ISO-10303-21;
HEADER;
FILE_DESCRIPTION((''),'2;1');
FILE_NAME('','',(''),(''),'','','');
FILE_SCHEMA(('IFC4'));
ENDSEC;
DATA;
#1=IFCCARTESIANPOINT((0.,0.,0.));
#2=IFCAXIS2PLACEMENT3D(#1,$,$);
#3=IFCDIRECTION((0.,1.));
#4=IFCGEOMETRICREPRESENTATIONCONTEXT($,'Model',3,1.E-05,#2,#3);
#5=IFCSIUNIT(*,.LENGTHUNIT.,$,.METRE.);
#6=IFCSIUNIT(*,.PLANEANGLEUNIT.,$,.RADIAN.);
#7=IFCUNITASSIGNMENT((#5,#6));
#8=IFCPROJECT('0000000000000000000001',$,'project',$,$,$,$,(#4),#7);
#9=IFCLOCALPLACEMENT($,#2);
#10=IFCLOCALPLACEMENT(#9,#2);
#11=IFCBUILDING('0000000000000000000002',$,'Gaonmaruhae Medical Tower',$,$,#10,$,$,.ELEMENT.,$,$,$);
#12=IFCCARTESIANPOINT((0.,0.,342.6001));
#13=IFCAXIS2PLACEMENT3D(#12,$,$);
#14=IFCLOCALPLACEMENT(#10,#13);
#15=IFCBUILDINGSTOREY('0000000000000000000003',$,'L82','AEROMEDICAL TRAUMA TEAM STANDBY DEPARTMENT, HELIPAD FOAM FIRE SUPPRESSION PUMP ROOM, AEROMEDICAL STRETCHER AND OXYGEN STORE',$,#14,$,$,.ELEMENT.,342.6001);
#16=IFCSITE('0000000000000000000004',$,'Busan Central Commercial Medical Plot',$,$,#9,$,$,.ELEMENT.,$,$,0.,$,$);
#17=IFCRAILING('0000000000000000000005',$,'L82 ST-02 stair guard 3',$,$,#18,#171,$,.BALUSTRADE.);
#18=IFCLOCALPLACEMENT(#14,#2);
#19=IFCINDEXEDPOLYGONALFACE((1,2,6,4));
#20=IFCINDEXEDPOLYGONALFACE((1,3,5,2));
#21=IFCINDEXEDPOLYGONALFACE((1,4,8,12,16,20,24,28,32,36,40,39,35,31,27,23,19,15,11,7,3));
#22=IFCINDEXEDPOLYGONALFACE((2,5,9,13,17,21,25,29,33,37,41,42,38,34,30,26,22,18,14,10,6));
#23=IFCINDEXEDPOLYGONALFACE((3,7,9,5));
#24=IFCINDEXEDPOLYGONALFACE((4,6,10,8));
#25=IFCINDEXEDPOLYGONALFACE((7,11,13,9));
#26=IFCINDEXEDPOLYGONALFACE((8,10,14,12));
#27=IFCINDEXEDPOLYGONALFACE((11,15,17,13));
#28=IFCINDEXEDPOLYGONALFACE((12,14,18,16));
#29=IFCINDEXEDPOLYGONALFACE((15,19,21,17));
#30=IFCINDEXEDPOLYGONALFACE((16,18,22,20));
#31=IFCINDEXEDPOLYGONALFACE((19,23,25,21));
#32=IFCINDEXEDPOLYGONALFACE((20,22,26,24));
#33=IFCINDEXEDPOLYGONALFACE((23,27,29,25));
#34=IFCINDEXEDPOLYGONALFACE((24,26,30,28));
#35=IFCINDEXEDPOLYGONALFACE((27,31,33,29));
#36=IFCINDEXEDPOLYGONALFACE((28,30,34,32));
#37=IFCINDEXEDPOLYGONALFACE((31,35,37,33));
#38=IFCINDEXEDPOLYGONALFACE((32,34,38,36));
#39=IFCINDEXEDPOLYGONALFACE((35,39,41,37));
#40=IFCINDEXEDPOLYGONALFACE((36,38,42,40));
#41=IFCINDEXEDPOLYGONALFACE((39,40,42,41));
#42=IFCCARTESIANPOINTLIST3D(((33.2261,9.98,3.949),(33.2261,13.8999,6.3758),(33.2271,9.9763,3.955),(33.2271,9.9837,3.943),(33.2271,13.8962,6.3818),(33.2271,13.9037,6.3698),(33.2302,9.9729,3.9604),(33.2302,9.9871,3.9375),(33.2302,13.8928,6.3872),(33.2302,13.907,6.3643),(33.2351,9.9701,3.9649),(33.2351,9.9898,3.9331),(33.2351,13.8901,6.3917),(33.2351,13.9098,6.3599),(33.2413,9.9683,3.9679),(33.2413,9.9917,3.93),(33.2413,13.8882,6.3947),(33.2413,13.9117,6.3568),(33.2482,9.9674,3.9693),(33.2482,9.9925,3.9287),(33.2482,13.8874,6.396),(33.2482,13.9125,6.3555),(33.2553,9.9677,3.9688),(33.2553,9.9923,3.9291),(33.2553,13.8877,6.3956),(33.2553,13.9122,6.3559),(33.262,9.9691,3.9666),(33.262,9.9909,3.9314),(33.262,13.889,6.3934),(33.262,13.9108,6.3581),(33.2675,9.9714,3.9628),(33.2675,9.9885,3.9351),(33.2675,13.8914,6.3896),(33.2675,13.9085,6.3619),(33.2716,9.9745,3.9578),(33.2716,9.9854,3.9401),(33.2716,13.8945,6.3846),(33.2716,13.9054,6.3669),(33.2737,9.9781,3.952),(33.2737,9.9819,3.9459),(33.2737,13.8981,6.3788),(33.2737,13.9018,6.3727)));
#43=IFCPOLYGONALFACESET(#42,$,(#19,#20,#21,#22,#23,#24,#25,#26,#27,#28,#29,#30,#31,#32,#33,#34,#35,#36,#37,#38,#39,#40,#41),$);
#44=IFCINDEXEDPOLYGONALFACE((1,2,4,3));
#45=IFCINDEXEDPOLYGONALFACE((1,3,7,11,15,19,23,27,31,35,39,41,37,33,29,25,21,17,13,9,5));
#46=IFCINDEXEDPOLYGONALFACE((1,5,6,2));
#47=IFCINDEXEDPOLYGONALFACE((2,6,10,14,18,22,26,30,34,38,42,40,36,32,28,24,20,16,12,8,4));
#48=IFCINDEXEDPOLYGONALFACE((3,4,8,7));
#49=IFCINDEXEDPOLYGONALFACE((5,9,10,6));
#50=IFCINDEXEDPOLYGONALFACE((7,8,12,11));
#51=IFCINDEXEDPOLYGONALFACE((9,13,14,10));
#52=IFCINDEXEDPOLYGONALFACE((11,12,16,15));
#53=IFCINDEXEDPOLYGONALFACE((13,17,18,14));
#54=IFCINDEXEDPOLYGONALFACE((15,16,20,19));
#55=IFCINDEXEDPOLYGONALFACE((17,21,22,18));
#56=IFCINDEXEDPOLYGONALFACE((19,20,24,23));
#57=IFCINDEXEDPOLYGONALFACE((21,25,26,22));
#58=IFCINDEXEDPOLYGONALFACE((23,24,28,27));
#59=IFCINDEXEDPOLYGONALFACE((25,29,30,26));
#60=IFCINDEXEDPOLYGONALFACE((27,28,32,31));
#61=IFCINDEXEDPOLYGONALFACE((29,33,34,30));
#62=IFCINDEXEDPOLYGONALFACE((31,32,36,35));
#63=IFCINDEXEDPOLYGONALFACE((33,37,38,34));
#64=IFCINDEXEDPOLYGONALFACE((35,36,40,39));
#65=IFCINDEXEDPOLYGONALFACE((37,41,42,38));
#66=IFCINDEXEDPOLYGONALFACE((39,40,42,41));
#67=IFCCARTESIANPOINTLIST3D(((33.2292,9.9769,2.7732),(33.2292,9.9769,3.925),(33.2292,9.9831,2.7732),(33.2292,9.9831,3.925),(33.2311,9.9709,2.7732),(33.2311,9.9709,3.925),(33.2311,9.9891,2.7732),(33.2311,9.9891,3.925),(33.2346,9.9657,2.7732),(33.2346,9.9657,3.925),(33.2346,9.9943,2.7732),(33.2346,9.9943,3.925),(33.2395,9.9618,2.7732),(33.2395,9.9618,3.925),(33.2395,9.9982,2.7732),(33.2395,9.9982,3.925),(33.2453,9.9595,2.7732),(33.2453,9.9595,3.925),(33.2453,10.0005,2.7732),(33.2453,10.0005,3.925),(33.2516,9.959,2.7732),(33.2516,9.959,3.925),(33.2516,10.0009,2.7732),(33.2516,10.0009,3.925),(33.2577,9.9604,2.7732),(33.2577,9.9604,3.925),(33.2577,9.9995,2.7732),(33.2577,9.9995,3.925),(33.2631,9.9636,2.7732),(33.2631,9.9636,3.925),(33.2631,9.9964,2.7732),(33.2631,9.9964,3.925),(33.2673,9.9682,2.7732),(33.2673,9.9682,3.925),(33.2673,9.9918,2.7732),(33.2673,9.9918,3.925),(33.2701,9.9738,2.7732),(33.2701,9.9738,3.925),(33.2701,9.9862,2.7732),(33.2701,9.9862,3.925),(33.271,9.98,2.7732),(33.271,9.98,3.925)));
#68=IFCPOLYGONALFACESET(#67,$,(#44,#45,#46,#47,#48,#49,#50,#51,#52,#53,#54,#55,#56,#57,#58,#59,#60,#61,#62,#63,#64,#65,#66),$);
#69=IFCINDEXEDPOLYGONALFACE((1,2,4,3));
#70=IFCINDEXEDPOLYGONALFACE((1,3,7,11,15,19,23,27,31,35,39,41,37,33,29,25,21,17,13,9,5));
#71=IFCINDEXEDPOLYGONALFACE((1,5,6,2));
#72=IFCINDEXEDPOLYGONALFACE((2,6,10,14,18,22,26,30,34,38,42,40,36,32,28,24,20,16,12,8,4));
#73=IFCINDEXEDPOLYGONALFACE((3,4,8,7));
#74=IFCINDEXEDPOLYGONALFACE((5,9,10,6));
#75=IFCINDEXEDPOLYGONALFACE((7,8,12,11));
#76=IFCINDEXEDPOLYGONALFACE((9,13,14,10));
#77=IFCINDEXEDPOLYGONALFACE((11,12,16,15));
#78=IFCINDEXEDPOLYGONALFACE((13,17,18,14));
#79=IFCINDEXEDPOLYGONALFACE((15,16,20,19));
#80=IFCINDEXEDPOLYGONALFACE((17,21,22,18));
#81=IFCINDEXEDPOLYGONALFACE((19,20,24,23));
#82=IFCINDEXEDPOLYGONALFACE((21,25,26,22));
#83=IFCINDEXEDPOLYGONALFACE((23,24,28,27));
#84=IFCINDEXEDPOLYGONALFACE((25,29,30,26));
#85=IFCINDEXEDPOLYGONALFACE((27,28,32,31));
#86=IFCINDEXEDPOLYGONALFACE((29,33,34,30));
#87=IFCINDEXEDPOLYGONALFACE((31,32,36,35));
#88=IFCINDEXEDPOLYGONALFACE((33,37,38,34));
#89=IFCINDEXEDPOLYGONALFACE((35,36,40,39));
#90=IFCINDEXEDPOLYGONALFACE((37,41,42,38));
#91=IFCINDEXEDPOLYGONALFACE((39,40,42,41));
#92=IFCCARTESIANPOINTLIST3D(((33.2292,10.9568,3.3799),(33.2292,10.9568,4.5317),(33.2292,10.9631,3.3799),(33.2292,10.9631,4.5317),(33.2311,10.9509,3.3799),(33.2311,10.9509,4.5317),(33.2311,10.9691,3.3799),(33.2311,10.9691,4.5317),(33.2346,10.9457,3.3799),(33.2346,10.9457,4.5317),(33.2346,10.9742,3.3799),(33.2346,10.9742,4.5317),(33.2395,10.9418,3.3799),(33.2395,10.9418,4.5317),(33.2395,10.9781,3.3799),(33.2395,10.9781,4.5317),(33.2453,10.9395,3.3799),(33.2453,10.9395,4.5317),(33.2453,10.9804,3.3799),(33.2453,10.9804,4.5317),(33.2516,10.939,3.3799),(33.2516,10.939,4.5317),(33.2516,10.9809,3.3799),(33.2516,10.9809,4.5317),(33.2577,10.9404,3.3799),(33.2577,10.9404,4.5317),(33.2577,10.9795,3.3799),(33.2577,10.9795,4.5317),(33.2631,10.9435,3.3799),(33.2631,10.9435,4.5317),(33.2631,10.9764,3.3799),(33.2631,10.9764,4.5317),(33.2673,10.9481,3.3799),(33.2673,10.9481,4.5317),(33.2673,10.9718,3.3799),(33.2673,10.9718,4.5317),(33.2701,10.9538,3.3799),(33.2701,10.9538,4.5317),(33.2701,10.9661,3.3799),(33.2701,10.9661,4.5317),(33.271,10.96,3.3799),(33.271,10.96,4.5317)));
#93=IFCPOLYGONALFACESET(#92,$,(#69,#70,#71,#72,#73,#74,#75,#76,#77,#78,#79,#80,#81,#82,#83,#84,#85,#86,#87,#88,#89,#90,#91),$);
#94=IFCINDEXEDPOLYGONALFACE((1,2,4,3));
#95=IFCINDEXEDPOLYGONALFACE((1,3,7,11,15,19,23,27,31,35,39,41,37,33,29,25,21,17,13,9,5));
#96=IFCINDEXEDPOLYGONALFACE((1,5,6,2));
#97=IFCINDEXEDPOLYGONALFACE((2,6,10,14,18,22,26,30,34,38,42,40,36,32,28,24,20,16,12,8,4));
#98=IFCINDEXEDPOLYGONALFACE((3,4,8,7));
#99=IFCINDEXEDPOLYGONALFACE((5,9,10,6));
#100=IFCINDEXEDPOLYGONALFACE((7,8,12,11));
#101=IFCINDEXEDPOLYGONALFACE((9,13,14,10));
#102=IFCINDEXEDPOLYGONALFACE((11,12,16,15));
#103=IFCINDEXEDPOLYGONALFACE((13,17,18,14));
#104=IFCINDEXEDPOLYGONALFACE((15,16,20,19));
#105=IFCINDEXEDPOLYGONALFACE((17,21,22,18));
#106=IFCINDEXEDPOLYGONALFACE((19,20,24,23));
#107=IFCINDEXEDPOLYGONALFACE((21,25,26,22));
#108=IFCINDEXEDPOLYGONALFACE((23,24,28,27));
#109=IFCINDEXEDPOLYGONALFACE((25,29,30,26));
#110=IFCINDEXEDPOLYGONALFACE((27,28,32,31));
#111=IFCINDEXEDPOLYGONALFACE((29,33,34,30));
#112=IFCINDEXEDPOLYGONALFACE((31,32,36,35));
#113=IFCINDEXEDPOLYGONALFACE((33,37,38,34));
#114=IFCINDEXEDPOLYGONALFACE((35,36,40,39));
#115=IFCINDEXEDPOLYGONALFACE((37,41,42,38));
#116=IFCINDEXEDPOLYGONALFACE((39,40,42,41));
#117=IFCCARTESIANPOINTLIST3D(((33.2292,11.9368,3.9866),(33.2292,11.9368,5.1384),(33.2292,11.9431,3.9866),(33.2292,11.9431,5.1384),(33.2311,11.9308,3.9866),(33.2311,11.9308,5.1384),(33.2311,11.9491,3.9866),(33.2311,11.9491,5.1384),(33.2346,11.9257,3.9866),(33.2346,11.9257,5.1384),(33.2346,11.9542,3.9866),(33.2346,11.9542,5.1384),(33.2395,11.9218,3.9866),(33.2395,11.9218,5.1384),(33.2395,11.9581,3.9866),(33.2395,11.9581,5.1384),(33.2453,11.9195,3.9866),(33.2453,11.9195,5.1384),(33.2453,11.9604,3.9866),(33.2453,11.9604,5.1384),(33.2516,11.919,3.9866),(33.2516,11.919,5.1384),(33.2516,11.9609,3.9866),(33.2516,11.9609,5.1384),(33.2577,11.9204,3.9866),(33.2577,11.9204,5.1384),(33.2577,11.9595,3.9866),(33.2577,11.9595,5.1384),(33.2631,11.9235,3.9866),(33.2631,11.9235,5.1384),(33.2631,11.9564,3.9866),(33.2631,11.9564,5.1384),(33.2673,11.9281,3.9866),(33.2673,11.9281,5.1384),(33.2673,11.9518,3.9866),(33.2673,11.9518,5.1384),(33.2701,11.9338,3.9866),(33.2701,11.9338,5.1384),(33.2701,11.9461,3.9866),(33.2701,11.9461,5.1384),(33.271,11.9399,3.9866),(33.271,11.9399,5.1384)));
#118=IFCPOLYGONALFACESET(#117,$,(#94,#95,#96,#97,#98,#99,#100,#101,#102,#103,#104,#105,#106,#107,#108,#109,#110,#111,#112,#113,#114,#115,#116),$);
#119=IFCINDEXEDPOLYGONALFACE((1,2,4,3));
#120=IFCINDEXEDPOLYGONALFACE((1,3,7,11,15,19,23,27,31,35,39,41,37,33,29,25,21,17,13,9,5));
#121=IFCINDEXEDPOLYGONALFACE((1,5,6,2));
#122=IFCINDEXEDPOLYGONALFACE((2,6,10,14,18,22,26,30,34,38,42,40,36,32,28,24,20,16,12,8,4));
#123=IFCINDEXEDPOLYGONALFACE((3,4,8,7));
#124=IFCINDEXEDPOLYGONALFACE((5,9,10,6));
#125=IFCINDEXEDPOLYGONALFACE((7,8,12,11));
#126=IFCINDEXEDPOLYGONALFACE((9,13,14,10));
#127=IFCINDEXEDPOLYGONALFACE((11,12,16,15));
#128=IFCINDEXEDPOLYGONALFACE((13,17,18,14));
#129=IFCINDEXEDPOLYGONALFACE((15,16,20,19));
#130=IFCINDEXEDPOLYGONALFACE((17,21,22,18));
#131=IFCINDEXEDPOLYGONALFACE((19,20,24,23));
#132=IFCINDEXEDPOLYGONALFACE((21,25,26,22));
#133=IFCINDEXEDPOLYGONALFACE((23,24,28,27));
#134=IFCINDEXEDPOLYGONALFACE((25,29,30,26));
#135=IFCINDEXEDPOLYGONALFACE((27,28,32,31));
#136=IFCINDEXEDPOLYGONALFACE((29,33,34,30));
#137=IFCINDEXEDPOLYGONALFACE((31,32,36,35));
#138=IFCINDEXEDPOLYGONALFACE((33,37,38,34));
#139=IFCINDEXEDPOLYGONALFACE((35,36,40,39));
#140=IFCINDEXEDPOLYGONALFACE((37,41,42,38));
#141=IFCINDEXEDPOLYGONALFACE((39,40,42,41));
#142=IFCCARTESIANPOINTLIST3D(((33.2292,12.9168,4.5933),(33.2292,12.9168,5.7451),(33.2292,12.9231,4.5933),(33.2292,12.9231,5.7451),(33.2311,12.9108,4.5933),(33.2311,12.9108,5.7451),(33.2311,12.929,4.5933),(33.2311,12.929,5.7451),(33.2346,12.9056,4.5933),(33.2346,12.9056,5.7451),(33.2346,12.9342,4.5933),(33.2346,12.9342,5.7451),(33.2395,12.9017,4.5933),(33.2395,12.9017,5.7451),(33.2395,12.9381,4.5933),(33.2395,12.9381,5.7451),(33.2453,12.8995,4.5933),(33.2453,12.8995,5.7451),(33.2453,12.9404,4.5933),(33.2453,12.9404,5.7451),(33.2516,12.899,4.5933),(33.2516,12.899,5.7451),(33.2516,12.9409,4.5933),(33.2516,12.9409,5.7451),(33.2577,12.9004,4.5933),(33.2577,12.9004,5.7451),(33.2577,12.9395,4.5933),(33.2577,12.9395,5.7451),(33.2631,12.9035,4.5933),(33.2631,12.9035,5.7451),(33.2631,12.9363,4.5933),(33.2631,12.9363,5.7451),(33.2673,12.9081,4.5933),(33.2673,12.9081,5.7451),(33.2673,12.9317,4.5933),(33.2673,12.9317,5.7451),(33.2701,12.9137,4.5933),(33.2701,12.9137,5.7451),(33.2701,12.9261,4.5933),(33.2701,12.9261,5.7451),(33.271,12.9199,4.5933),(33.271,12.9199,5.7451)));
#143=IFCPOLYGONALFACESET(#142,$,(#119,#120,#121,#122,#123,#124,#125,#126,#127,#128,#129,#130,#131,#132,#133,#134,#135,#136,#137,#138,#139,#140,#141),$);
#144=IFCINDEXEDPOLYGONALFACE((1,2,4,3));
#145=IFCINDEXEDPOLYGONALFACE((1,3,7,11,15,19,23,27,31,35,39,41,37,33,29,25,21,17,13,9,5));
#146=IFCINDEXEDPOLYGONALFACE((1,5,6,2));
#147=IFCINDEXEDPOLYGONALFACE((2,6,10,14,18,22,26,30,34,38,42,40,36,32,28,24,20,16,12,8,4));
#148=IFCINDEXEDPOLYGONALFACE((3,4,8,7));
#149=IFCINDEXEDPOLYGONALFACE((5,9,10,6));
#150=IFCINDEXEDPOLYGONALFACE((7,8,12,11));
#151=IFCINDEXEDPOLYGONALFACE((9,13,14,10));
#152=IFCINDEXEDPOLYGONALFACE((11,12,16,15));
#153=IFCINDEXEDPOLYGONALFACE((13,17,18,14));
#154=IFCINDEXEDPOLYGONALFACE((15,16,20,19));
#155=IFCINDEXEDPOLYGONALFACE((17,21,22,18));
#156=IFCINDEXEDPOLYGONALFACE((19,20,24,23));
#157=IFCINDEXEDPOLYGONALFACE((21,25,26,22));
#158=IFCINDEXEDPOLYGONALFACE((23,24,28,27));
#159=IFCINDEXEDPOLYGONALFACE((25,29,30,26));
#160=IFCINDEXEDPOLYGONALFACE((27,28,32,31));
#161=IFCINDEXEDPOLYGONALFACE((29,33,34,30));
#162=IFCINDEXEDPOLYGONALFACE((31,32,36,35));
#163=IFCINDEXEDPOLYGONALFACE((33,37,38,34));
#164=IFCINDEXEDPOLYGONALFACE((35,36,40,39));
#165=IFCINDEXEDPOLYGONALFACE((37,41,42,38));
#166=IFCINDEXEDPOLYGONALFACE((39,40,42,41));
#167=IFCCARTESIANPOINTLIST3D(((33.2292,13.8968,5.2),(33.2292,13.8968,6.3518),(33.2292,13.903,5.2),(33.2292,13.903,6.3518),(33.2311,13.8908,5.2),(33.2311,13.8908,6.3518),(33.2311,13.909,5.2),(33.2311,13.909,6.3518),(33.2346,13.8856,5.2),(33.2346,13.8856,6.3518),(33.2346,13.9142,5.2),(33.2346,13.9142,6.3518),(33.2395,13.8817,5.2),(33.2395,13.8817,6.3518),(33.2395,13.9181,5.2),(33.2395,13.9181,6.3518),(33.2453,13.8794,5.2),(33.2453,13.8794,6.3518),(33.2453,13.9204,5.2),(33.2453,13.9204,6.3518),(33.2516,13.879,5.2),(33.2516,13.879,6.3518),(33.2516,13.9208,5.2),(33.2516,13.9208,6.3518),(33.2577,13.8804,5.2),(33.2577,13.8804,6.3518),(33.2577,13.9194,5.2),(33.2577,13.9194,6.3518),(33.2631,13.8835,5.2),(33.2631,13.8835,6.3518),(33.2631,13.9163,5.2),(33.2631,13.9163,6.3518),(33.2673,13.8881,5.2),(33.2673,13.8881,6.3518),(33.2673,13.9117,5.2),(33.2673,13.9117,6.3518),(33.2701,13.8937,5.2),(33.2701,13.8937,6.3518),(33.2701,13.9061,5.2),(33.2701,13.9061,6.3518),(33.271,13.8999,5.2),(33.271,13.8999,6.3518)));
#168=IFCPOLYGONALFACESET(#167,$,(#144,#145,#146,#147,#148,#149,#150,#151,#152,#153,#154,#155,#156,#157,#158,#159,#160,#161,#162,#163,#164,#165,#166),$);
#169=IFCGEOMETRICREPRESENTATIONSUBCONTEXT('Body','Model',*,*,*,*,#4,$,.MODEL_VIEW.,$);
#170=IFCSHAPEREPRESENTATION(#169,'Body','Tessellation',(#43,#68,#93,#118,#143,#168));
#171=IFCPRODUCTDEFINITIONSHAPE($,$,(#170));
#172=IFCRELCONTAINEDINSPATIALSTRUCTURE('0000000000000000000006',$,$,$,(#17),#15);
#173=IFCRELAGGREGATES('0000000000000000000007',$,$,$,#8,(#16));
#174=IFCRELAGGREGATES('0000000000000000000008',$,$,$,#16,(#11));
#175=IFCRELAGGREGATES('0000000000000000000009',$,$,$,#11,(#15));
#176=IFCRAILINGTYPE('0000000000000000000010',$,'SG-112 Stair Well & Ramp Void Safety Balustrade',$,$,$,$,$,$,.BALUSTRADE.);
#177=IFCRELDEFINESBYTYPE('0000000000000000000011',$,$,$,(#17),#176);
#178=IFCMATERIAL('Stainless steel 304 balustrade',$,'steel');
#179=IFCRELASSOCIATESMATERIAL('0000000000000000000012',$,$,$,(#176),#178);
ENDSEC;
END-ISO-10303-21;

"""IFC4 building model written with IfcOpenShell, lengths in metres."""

from ifc_helpers import new_model, si_unit, direction, frame, origin, origin_2d, place, context, subcontext, project, spatial, circle, extrude, material, type_object, element, save


model = new_model("IFC4")

# Units and contexts
model_context = context("Model", 3, precision=1e-05, world=origin(), true_north=direction((0.0, 1.0)))
body_context = subcontext(model_context, "Body", "Model", "MODEL_VIEW")
ifc_project = project(units=[si_unit("LENGTHUNIT", "METRE"), si_unit("PLANEANGLEUNIT", "RADIAN")], contexts=[model_context])

# Site, building, storey
site_placement = place(None, origin())
site = spatial("IfcSite", under=ifc_project, at=site_placement, Name="Busan Central Commercial Medical Plot", CompositionType="ELEMENT", RefElevation=0.0)
building_placement = place(site_placement, origin())
building = spatial("IfcBuilding", under=site, at=building_placement, Name="Gaonmaruhae Medical Tower", CompositionType="ELEMENT")
storey_placement = place(building_placement, frame((0.0, 0.0, 342.6001)))
storey = spatial("IfcBuildingStorey", under=building, at=storey_placement, Name="L82", Description="AEROMEDICAL TRAUMA TEAM STANDBY DEPARTMENT, HELIPAD FOAM FIRE SUPPRESSION PUMP ROOM, AEROMEDICAL STRETCHER AND OXYGEN STORE", CompositionType="ELEMENT", Elevation=342.6001)

# Railing
ifc_material_1 = material(Name="Stainless steel 304 balustrade", Category="steel")
railing_type_1 = type_object("IfcRailingType", Name="SG-112 Stair Well & Ramp Void Safety Balustrade", PredefinedType="BALUSTRADE", material=ifc_material_1)
railing_1_placement = place(storey_placement, frame((33.25, 9.98, 2.7732)))
element("IfcRailing", 1, at=railing_1_placement, inside=storey, type_object=railing_type_1, Name="L82 ST-02 stair guard 3", PredefinedType="BALUSTRADE", context=body_context, shape_type="SweptSolid", body=[
    extrude(circle(Radius=0.0239, at=origin_2d()), frame((0.0, 0.0, 1.1758), z_axis=(0.0, 0.850252, 0.526376), x_axis=(-1.0, 0.0, 0.0)), (0.0, 0.0, 1.0), 4.6104),
    extrude(circle(Radius=0.021, at=origin_2d()), origin(), (0.0, 0.0, 1.0), 1.1519),
    extrude(circle(Radius=0.021, at=origin_2d()), frame((0.0, 0.98, 0.6067)), (0.0, 0.0, 1.0), 1.1519),
    extrude(circle(Radius=0.021, at=origin_2d()), frame((0.0, 1.96, 1.2134)), (0.0, 0.0, 1.0), 1.1519),
    extrude(circle(Radius=0.021, at=origin_2d()), frame((0.0, 2.9399, 1.8201)), (0.0, 0.0, 1.0), 1.1519),
    extrude(circle(Radius=0.021, at=origin_2d()), frame((0.0, 3.9199, 2.4268)), (0.0, 0.0, 1.0), 1.1519),
])

save(model, "model.ifc")
